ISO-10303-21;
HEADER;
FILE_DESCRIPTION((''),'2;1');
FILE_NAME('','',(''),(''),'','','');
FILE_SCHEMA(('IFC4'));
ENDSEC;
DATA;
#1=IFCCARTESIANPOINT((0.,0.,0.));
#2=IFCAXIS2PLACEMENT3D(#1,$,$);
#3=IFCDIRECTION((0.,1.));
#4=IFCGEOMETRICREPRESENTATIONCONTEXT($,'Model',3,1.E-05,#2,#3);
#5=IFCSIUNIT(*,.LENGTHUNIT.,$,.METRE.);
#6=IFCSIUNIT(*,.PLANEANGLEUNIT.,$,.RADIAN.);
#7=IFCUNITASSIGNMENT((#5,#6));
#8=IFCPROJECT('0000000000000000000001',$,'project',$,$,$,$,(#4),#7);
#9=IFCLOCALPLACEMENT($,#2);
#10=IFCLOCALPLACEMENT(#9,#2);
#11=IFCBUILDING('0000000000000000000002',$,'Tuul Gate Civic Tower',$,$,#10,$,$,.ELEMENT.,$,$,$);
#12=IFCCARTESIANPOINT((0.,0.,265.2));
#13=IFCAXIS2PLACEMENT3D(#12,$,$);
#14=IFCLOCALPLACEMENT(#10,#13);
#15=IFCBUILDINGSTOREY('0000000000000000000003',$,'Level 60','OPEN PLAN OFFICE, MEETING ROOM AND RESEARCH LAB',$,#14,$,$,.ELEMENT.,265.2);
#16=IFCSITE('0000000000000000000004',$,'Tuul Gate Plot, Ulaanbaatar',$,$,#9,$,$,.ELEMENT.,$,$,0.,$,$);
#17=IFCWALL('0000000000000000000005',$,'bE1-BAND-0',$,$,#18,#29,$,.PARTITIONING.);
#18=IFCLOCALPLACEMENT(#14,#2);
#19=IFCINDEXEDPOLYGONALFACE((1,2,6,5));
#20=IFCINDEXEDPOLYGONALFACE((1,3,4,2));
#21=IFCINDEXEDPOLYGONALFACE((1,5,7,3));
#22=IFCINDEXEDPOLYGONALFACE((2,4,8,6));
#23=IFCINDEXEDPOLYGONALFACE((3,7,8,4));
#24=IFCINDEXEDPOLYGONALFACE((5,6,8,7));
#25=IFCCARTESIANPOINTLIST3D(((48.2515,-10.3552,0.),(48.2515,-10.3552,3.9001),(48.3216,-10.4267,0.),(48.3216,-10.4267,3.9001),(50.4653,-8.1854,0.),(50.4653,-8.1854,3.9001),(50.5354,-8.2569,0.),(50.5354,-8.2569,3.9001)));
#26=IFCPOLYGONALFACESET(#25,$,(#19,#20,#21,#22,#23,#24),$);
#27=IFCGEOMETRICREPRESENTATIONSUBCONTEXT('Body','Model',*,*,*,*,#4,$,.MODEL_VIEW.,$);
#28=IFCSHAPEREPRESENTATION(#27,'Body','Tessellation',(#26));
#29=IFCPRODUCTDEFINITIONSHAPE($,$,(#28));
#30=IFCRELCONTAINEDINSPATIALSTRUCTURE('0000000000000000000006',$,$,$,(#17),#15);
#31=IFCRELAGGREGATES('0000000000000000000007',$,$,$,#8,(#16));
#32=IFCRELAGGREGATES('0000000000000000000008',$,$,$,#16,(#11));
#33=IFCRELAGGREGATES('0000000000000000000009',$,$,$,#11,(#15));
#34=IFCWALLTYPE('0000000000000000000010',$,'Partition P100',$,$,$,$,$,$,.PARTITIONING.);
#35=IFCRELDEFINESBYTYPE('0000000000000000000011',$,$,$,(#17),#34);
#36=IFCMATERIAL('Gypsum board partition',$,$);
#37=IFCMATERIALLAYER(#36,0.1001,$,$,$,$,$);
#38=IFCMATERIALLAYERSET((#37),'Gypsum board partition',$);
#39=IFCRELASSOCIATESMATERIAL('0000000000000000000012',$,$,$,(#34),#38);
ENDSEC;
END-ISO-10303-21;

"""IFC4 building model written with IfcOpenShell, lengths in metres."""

from ifc_helpers import new_model, si_unit, direction, frame, frame_2d, origin, place, context, subcontext, project, spatial, rectangle, extrude, material, layer, layer_set, type_object, element, save


model = new_model("IFC4")

# Units and contexts
model_context = context("Model", 3, precision=1e-05, world=origin(), true_north=direction((0.0, 1.0)))
body_context = subcontext(model_context, "Body", "Model", "MODEL_VIEW")
ifc_project = project(units=[si_unit("LENGTHUNIT", "METRE"), si_unit("PLANEANGLEUNIT", "RADIAN")], contexts=[model_context])

# Site, building, storey
site_placement = place(None, origin())
site = spatial("IfcSite", under=ifc_project, at=site_placement, Name="Tuul Gate Plot, Ulaanbaatar", CompositionType="ELEMENT", RefElevation=0.0)
building_placement = place(site_placement, origin())
building = spatial("IfcBuilding", under=site, at=building_placement, Name="Tuul Gate Civic Tower", CompositionType="ELEMENT")
storey_placement = place(building_placement, frame((0.0, 0.0, 265.2)))
storey = spatial("IfcBuildingStorey", under=building, at=storey_placement, Name="Level 60", Description="OPEN PLAN OFFICE, MEETING ROOM AND RESEARCH LAB", CompositionType="ELEMENT", Elevation=265.2)

# Wall
ifc_material_1 = material(Name="Gypsum board partition")
ifc_layer_1 = layer(ifc_material_1, 0.1001)
ifc_layer_set_1 = layer_set([ifc_layer_1], Name="Gypsum board partition")
wall_type_1 = type_object("IfcWallType", Name="Partition P100", PredefinedType="PARTITIONING", material=ifc_layer_set_1)
wall_1_placement = place(storey_placement, frame((48.2866, -10.3909, 0.0), z_axis=(0.0, 0.0, 1.0), x_axis=(0.714159, 0.699983, 0.0)))
element("IfcWall", 1, at=wall_1_placement, inside=storey, type_object=wall_type_1, Name="bE1-BAND-0", PredefinedType="PARTITIONING", context=body_context, shape_type="SweptSolid", body=[
    extrude(rectangle(XDim=3.0999, YDim=0.1001, at=frame_2d((1.5498, 0.0))), origin(), (0.0, 0.0, 1.0), 3.9001),
])

save(model, "model.ifc")
